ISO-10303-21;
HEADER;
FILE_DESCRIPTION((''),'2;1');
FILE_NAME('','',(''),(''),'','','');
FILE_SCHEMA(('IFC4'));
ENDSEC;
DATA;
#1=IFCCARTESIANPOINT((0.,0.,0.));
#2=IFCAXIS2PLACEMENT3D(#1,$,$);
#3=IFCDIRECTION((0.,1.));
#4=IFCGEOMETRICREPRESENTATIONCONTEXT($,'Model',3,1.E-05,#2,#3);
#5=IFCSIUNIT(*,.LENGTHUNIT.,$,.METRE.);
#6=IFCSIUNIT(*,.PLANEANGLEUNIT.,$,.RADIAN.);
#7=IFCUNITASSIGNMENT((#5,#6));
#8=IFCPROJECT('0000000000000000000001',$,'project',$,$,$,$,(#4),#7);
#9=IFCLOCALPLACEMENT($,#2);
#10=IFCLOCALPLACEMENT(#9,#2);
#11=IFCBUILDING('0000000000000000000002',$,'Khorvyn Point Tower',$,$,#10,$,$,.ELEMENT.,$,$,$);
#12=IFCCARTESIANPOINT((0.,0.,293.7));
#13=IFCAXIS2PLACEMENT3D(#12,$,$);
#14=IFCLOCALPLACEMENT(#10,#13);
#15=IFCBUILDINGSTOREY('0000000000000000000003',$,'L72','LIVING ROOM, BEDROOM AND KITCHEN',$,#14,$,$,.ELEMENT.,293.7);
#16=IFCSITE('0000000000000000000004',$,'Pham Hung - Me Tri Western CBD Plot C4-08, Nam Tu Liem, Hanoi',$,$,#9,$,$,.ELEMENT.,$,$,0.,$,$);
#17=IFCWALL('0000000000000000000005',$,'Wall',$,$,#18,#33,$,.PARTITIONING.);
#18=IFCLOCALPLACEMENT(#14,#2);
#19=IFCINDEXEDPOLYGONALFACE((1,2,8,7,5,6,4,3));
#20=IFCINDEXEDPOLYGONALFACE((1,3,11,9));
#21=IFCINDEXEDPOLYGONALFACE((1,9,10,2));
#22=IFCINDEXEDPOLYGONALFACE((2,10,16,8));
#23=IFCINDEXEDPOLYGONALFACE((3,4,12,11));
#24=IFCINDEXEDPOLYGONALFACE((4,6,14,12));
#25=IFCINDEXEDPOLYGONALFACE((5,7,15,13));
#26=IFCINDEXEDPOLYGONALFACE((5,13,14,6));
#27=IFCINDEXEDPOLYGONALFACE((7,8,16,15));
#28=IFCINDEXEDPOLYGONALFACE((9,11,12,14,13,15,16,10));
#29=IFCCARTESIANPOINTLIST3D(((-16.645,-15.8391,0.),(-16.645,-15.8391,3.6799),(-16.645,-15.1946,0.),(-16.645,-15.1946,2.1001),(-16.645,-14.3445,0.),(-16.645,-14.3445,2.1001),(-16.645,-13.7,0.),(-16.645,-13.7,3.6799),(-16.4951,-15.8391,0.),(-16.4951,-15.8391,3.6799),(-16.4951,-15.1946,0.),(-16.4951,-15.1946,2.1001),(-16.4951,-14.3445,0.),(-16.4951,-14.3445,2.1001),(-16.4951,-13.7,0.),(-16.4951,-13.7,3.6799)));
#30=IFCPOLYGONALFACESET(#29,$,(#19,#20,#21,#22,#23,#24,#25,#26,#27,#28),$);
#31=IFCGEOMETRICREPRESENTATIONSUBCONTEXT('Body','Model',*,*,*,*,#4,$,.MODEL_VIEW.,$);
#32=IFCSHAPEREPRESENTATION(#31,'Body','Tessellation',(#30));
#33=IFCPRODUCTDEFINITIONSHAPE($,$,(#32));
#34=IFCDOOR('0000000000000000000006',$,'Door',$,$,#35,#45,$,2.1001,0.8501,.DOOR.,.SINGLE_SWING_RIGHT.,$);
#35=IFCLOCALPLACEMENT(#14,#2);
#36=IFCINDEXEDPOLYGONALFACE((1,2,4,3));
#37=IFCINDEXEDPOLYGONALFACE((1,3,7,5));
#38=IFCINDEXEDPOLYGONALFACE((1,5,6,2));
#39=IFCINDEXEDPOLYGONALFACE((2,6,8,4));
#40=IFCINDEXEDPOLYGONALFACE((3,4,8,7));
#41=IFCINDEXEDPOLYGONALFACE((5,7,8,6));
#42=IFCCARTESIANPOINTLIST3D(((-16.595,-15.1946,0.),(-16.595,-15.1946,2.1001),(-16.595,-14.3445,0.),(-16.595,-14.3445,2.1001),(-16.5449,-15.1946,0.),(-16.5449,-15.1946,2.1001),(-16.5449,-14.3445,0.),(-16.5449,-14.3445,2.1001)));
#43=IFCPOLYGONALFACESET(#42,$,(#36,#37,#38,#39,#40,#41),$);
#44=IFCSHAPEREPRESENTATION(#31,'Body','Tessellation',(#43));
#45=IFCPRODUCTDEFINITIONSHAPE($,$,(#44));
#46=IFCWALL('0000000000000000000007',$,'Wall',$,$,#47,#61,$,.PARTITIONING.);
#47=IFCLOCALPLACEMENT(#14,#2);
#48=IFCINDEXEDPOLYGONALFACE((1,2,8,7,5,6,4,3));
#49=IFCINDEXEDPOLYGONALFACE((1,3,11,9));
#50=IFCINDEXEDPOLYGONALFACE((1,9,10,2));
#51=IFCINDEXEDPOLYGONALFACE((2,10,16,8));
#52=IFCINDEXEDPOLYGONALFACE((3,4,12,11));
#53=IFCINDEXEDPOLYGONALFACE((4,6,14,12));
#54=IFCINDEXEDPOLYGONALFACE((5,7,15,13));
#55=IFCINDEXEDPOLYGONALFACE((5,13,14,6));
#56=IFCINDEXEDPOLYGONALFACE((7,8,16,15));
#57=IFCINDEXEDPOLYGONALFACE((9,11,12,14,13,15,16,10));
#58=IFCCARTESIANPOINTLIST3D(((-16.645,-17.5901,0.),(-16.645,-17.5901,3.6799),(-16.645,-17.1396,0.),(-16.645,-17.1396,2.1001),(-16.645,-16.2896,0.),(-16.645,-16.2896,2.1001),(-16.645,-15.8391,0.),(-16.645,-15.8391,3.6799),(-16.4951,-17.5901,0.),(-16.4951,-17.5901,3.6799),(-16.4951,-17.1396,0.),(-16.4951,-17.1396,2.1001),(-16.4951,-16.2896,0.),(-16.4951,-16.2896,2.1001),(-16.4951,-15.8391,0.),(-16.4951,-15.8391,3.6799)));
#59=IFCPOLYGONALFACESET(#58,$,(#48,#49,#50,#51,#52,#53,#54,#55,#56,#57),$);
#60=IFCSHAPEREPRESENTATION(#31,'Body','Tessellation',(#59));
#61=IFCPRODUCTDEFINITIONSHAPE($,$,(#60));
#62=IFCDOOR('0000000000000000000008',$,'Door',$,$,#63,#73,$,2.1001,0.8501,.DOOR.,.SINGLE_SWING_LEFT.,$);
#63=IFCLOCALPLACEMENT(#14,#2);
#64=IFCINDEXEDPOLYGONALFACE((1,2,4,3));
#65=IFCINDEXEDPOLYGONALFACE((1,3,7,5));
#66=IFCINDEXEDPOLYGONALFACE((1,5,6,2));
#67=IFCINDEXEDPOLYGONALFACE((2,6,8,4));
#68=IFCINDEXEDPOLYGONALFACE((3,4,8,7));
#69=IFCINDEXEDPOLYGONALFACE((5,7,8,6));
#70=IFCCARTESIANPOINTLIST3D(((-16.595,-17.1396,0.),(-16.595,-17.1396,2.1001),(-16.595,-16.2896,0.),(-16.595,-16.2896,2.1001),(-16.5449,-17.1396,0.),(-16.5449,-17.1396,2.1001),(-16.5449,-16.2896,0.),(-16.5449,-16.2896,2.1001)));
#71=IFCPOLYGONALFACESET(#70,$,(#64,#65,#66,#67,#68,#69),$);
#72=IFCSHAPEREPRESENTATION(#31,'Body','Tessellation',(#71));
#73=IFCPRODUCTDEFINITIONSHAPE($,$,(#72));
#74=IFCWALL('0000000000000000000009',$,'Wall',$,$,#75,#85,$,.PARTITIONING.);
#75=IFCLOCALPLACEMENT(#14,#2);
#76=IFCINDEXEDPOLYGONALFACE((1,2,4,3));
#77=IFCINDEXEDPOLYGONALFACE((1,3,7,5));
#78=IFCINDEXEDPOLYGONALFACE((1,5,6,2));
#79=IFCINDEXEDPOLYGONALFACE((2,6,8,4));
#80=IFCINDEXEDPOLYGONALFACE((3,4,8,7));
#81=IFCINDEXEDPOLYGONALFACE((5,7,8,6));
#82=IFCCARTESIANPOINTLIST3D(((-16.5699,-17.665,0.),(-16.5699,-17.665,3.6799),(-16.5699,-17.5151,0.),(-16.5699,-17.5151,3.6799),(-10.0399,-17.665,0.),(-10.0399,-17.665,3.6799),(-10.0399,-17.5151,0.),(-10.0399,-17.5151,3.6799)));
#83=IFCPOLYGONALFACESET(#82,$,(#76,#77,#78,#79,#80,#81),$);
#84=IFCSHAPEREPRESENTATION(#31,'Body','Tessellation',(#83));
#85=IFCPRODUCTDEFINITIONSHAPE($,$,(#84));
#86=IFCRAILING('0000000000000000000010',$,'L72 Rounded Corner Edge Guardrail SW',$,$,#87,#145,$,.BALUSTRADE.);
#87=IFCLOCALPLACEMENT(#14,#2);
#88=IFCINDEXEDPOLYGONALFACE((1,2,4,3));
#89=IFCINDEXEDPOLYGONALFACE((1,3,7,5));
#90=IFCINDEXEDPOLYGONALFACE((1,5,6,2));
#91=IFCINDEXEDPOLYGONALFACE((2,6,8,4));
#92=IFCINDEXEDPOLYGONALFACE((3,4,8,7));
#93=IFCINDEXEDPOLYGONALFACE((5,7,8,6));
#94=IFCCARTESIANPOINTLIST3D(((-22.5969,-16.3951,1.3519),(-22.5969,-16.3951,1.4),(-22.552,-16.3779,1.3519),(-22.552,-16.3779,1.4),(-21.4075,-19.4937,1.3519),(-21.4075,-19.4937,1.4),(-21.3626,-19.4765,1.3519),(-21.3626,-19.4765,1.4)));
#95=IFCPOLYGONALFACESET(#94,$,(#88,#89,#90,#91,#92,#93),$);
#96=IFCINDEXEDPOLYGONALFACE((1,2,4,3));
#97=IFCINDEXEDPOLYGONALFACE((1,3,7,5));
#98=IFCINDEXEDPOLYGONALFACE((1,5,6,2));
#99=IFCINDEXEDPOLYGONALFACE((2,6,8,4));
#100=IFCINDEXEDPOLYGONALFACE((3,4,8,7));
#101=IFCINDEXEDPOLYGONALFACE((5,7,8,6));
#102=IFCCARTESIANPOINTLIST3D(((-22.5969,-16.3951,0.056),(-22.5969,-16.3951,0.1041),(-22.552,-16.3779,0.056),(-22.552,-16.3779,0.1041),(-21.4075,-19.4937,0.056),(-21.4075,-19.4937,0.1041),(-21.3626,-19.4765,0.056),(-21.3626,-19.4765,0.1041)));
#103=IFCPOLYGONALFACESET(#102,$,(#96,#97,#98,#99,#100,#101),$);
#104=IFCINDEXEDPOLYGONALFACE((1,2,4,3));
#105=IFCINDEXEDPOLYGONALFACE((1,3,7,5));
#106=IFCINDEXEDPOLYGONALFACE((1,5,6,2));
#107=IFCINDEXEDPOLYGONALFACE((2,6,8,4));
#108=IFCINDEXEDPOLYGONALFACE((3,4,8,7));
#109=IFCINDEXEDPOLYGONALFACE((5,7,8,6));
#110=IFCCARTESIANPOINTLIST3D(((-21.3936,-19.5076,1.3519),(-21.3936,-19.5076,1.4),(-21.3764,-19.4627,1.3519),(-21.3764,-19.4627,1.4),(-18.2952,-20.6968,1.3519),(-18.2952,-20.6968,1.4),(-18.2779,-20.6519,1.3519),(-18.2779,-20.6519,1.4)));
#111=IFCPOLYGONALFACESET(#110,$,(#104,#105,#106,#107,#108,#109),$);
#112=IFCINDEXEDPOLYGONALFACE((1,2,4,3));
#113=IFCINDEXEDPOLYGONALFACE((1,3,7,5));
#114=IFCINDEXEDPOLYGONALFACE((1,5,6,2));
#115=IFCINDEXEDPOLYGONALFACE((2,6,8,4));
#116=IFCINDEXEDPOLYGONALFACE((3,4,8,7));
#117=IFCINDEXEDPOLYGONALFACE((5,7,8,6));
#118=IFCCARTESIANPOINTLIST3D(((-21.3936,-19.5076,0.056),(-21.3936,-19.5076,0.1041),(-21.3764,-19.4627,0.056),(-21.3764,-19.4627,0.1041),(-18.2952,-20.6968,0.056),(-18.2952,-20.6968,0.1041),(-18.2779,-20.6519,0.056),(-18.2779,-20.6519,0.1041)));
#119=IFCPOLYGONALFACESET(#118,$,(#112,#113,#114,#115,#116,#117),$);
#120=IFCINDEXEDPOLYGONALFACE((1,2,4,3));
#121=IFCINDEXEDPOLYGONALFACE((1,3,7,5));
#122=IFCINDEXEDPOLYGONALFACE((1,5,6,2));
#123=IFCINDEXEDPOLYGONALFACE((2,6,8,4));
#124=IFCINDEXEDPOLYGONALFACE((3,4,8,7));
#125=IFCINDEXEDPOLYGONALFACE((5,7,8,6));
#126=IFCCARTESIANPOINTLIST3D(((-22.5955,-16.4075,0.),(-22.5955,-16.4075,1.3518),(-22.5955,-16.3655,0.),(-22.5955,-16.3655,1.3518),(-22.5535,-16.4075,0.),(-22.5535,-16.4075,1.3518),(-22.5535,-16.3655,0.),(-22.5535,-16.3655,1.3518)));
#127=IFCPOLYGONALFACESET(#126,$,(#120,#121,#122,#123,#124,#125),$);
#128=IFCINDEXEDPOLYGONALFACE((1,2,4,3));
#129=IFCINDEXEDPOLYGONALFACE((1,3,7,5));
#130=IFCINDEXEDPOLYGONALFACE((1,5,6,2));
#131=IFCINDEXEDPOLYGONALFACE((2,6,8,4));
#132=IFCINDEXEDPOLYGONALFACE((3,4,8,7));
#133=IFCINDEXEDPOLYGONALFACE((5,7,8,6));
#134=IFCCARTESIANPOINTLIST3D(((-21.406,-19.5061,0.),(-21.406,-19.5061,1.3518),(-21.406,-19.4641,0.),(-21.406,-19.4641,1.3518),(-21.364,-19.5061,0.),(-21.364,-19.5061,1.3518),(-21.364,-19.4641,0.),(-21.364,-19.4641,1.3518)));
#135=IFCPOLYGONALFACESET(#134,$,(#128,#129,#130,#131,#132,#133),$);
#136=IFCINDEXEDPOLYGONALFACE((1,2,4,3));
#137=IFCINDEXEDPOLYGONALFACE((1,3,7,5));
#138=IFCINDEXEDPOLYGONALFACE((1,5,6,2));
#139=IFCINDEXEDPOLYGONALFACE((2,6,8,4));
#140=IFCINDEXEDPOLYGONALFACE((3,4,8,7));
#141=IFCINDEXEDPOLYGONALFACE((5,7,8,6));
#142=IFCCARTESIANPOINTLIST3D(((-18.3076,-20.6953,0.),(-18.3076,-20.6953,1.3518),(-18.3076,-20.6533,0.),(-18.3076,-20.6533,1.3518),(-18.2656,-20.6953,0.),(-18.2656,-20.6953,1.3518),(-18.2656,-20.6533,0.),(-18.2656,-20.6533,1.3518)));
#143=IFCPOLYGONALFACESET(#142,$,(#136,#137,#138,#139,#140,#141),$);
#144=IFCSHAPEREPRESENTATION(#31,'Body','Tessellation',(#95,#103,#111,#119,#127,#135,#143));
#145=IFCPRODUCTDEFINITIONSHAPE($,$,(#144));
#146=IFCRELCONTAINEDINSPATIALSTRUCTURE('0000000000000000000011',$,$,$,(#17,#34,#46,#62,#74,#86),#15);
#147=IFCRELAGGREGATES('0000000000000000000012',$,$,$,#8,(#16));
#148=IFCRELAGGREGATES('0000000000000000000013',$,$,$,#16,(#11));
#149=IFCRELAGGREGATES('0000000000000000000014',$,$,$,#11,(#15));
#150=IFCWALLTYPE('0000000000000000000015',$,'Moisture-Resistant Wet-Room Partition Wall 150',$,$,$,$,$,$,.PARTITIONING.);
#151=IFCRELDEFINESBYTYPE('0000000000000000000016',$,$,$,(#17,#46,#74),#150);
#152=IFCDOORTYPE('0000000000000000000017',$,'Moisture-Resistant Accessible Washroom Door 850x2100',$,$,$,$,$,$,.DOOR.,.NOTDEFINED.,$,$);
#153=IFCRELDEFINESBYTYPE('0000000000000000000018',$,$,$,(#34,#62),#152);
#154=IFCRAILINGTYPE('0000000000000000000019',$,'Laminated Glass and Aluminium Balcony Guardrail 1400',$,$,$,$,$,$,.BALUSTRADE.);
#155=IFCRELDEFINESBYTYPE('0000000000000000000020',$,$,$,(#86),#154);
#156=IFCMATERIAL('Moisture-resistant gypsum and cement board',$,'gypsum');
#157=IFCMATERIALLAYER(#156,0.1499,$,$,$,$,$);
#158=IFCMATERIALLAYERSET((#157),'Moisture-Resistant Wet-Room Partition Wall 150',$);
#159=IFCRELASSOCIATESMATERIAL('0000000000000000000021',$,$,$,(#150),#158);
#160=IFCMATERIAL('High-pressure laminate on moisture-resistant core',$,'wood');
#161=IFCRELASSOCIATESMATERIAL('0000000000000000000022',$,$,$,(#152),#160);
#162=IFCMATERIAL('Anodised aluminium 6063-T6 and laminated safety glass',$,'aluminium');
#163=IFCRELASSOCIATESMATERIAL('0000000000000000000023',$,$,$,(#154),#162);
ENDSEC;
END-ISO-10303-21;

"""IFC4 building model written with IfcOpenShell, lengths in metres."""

from ifc_helpers import new_model, si_unit, direction, frame, frame_2d, origin, origin_2d, place, context, subcontext, project, spatial, rectangle, extrude, material, layer, layer_set, type_object, element, fill, save


model = new_model("IFC4")

# Units and contexts
model_context = context("Model", 3, precision=1e-05, world=origin(), true_north=direction((0.0, 1.0)))
body_context = subcontext(model_context, "Body", "Model", "MODEL_VIEW")
ifc_project = project(units=[si_unit("LENGTHUNIT", "METRE"), si_unit("PLANEANGLEUNIT", "RADIAN")], contexts=[model_context])

# Site, building, storey
site_placement = place(None, origin())
site = spatial("IfcSite", under=ifc_project, at=site_placement, Name="Pham Hung - Me Tri Western CBD Plot C4-08, Nam Tu Liem, Hanoi", CompositionType="ELEMENT", RefElevation=0.0)
building_placement = place(site_placement, origin())
building = spatial("IfcBuilding", under=site, at=building_placement, Name="Khorvyn Point Tower", CompositionType="ELEMENT")
storey_placement = place(building_placement, frame((0.0, 0.0, 293.7)))
storey = spatial("IfcBuildingStorey", under=building, at=storey_placement, Name="L72", Description="LIVING ROOM, BEDROOM AND KITCHEN", CompositionType="ELEMENT", Elevation=293.7)

# Walls, openings, doors
ifc_material_1 = material(Name="Moisture-resistant gypsum and cement board", Category="gypsum")
ifc_layer_1 = layer(ifc_material_1, 0.1499)
ifc_layer_set_1 = layer_set([ifc_layer_1], Name="Moisture-Resistant Wet-Room Partition Wall 150")
wall_type_1 = type_object("IfcWallType", Name="Moisture-Resistant Wet-Room Partition Wall 150", PredefinedType="PARTITIONING", material=ifc_layer_set_1)
wall_1_placement = place(storey_placement, frame((-16.5701, -15.8391, 0.0), z_axis=(0.0, 0.0, 1.0), x_axis=(0.0, 1.0, 0.0)))
wall_1 = element("IfcWall", 1, at=wall_1_placement, inside=storey, type_object=wall_type_1, Name="Wall", PredefinedType="PARTITIONING", context=body_context, shape_type="SweptSolid", body=[
    extrude(rectangle(XDim=2.1392, YDim=0.1499, at=frame_2d((1.0696, 0.0))), origin(), (0.0, 0.0, 1.0), 3.6799),
])
opening_1_placement = place(wall_1_placement, frame((0.6445, 0.0, 0.0)))
opening_1 = element("IfcOpeningElement", 2, at=opening_1_placement, cuts=wall_1, PredefinedType="OPENING", context=body_context, shape_type="SweptSolid", body=[
    extrude(rectangle(XDim=0.8501, YDim=2.1001, at=frame_2d((0.425, 1.05))), frame((0.0, 0.085, 0.0), z_axis=(0.0, -1.0, 0.0), x_axis=(1.0, 0.0, 0.0)), (0.0, 0.0, 1.0), 0.1699),
])
ifc_material_2 = material(Name="High-pressure laminate on moisture-resistant core", Category="wood")
door_type_1 = type_object("IfcDoorType", Name="Moisture-Resistant Accessible Washroom Door 850x2100", OperationType="NOTDEFINED", PredefinedType="DOOR", material=ifc_material_2)
door_1_placement = place(opening_1_placement, origin())
door_1 = element("IfcDoor", 3, at=door_1_placement, inside=storey, type_object=door_type_1, Name="Door", OperationType="SINGLE_SWING_RIGHT", OverallHeight=2.1001, OverallWidth=0.8501, PredefinedType="DOOR", context=body_context, shape_type="SweptSolid", body=[
    extrude(rectangle(XDim=0.8501, YDim=2.1001, at=frame_2d((0.425, 1.05))), frame((0.0, 0.0249, 0.0), z_axis=(0.0, -1.0, 0.0), x_axis=(1.0, 0.0, 0.0)), (0.0, 0.0, 1.0), 0.05),
])
fill(opening_1, door_1)
wall_2_placement = place(storey_placement, frame((-16.5701, -17.5901, 0.0), z_axis=(0.0, 0.0, 1.0), x_axis=(0.0, 1.0, 0.0)))
wall_2 = element("IfcWall", 4, at=wall_2_placement, inside=storey, type_object=wall_type_1, Name="Wall", PredefinedType="PARTITIONING", context=body_context, shape_type="SweptSolid", body=[
    extrude(rectangle(XDim=1.751, YDim=0.1499, at=frame_2d((0.8755, 0.0))), origin(), (0.0, 0.0, 1.0), 3.6799),
])
opening_2_placement = place(wall_2_placement, frame((0.4504, 0.0, 0.0)))
opening_2 = element("IfcOpeningElement", 5, at=opening_2_placement, cuts=wall_2, PredefinedType="OPENING", context=body_context, shape_type="SweptSolid", body=[
    extrude(rectangle(XDim=0.8501, YDim=2.1001, at=frame_2d((0.425, 1.05))), frame((0.0, 0.085, 0.0), z_axis=(0.0, -1.0, 0.0), x_axis=(1.0, 0.0, 0.0)), (0.0, 0.0, 1.0), 0.1699),
])
door_2_placement = place(opening_2_placement, origin())
door_2 = element("IfcDoor", 6, at=door_2_placement, inside=storey, type_object=door_type_1, Name="Door", OperationType="SINGLE_SWING_LEFT", OverallHeight=2.1001, OverallWidth=0.8501, PredefinedType="DOOR", context=body_context, shape_type="SweptSolid", body=[
    extrude(rectangle(XDim=0.8501, YDim=2.1001, at=frame_2d((0.425, 1.05))), frame((0.0, 0.0249, 0.0), z_axis=(0.0, -1.0, 0.0), x_axis=(1.0, 0.0, 0.0)), (0.0, 0.0, 1.0), 0.05),
])
fill(opening_2, door_2)

# Wall
wall_3_placement = place(storey_placement, frame((-16.5701, -17.5901, 0.0), z_axis=(0.0, 0.0, 1.0), x_axis=(1.0, 0.0, 0.0)))
element("IfcWall", 7, at=wall_3_placement, inside=storey, type_object=wall_type_1, Name="Wall", PredefinedType="PARTITIONING", context=body_context, shape_type="SweptSolid", body=[
    extrude(rectangle(XDim=6.53, YDim=0.1499, at=frame_2d((3.2651, 0.0))), origin(), (0.0, 0.0, 1.0), 3.6799),
])

# Railing
ifc_material_3 = material(Name="Anodised aluminium 6063-T6 and laminated safety glass", Category="aluminium")
railing_type = type_object("IfcRailingType", Name="Laminated Glass and Aluminium Balcony Guardrail 1400", PredefinedType="BALUSTRADE", material=ifc_material_3)
railing_1_placement = place(storey_placement, frame((-22.5745, -16.3865, 0.0)))
element("IfcRailing", 8, at=railing_1_placement, inside=storey, type_object=railing_type, Name="L72 Rounded Corner Edge Guardrail SW", PredefinedType="BALUSTRADE", context=body_context, shape_type="SweptSolid", body=[
    extrude(rectangle(XDim=0.0481, YDim=0.0481, at=origin_2d()), frame((0.0, 0.0, 1.376), z_axis=(0.358368, -0.93358, 0.0), x_axis=(0.93358, 0.358368, 0.0)), (0.0, 0.0, 1.0), 3.3191),
    extrude(rectangle(XDim=0.0481, YDim=0.0481, at=origin_2d()), frame((0.0, 0.0, 0.0801), z_axis=(0.358368, -0.93358, 0.0), x_axis=(0.93358, 0.358368, 0.0)), (0.0, 0.0, 1.0), 3.3191),
    extrude(rectangle(XDim=0.0481, YDim=0.0481, at=origin_2d()), frame((1.1895, -3.0986, 1.376), z_axis=(0.933596, -0.358328, 0.0), x_axis=(0.358328, 0.933596, 0.0)), (0.0, 0.0, 1.0), 3.3188),
    extrude(rectangle(XDim=0.0481, YDim=0.0481, at=origin_2d()), frame((1.1895, -3.0986, 0.0801), z_axis=(0.933596, -0.358328, 0.0), x_axis=(0.358328, 0.933596, 0.0)), (0.0, 0.0, 1.0), 3.3188),
    extrude(rectangle(XDim=0.042, YDim=0.042, at=origin_2d()), origin(), (0.0, 0.0, 1.0), 1.3518),
    extrude(rectangle(XDim=0.042, YDim=0.042, at=origin_2d()), frame((1.1895, -3.0986, 0.0)), (0.0, 0.0, 1.0), 1.3518),
    extrude(rectangle(XDim=0.042, YDim=0.042, at=origin_2d()), frame((4.2878, -4.2878, 0.0)), (0.0, 0.0, 1.0), 1.3518),
])

save(model, "model.ifc")
